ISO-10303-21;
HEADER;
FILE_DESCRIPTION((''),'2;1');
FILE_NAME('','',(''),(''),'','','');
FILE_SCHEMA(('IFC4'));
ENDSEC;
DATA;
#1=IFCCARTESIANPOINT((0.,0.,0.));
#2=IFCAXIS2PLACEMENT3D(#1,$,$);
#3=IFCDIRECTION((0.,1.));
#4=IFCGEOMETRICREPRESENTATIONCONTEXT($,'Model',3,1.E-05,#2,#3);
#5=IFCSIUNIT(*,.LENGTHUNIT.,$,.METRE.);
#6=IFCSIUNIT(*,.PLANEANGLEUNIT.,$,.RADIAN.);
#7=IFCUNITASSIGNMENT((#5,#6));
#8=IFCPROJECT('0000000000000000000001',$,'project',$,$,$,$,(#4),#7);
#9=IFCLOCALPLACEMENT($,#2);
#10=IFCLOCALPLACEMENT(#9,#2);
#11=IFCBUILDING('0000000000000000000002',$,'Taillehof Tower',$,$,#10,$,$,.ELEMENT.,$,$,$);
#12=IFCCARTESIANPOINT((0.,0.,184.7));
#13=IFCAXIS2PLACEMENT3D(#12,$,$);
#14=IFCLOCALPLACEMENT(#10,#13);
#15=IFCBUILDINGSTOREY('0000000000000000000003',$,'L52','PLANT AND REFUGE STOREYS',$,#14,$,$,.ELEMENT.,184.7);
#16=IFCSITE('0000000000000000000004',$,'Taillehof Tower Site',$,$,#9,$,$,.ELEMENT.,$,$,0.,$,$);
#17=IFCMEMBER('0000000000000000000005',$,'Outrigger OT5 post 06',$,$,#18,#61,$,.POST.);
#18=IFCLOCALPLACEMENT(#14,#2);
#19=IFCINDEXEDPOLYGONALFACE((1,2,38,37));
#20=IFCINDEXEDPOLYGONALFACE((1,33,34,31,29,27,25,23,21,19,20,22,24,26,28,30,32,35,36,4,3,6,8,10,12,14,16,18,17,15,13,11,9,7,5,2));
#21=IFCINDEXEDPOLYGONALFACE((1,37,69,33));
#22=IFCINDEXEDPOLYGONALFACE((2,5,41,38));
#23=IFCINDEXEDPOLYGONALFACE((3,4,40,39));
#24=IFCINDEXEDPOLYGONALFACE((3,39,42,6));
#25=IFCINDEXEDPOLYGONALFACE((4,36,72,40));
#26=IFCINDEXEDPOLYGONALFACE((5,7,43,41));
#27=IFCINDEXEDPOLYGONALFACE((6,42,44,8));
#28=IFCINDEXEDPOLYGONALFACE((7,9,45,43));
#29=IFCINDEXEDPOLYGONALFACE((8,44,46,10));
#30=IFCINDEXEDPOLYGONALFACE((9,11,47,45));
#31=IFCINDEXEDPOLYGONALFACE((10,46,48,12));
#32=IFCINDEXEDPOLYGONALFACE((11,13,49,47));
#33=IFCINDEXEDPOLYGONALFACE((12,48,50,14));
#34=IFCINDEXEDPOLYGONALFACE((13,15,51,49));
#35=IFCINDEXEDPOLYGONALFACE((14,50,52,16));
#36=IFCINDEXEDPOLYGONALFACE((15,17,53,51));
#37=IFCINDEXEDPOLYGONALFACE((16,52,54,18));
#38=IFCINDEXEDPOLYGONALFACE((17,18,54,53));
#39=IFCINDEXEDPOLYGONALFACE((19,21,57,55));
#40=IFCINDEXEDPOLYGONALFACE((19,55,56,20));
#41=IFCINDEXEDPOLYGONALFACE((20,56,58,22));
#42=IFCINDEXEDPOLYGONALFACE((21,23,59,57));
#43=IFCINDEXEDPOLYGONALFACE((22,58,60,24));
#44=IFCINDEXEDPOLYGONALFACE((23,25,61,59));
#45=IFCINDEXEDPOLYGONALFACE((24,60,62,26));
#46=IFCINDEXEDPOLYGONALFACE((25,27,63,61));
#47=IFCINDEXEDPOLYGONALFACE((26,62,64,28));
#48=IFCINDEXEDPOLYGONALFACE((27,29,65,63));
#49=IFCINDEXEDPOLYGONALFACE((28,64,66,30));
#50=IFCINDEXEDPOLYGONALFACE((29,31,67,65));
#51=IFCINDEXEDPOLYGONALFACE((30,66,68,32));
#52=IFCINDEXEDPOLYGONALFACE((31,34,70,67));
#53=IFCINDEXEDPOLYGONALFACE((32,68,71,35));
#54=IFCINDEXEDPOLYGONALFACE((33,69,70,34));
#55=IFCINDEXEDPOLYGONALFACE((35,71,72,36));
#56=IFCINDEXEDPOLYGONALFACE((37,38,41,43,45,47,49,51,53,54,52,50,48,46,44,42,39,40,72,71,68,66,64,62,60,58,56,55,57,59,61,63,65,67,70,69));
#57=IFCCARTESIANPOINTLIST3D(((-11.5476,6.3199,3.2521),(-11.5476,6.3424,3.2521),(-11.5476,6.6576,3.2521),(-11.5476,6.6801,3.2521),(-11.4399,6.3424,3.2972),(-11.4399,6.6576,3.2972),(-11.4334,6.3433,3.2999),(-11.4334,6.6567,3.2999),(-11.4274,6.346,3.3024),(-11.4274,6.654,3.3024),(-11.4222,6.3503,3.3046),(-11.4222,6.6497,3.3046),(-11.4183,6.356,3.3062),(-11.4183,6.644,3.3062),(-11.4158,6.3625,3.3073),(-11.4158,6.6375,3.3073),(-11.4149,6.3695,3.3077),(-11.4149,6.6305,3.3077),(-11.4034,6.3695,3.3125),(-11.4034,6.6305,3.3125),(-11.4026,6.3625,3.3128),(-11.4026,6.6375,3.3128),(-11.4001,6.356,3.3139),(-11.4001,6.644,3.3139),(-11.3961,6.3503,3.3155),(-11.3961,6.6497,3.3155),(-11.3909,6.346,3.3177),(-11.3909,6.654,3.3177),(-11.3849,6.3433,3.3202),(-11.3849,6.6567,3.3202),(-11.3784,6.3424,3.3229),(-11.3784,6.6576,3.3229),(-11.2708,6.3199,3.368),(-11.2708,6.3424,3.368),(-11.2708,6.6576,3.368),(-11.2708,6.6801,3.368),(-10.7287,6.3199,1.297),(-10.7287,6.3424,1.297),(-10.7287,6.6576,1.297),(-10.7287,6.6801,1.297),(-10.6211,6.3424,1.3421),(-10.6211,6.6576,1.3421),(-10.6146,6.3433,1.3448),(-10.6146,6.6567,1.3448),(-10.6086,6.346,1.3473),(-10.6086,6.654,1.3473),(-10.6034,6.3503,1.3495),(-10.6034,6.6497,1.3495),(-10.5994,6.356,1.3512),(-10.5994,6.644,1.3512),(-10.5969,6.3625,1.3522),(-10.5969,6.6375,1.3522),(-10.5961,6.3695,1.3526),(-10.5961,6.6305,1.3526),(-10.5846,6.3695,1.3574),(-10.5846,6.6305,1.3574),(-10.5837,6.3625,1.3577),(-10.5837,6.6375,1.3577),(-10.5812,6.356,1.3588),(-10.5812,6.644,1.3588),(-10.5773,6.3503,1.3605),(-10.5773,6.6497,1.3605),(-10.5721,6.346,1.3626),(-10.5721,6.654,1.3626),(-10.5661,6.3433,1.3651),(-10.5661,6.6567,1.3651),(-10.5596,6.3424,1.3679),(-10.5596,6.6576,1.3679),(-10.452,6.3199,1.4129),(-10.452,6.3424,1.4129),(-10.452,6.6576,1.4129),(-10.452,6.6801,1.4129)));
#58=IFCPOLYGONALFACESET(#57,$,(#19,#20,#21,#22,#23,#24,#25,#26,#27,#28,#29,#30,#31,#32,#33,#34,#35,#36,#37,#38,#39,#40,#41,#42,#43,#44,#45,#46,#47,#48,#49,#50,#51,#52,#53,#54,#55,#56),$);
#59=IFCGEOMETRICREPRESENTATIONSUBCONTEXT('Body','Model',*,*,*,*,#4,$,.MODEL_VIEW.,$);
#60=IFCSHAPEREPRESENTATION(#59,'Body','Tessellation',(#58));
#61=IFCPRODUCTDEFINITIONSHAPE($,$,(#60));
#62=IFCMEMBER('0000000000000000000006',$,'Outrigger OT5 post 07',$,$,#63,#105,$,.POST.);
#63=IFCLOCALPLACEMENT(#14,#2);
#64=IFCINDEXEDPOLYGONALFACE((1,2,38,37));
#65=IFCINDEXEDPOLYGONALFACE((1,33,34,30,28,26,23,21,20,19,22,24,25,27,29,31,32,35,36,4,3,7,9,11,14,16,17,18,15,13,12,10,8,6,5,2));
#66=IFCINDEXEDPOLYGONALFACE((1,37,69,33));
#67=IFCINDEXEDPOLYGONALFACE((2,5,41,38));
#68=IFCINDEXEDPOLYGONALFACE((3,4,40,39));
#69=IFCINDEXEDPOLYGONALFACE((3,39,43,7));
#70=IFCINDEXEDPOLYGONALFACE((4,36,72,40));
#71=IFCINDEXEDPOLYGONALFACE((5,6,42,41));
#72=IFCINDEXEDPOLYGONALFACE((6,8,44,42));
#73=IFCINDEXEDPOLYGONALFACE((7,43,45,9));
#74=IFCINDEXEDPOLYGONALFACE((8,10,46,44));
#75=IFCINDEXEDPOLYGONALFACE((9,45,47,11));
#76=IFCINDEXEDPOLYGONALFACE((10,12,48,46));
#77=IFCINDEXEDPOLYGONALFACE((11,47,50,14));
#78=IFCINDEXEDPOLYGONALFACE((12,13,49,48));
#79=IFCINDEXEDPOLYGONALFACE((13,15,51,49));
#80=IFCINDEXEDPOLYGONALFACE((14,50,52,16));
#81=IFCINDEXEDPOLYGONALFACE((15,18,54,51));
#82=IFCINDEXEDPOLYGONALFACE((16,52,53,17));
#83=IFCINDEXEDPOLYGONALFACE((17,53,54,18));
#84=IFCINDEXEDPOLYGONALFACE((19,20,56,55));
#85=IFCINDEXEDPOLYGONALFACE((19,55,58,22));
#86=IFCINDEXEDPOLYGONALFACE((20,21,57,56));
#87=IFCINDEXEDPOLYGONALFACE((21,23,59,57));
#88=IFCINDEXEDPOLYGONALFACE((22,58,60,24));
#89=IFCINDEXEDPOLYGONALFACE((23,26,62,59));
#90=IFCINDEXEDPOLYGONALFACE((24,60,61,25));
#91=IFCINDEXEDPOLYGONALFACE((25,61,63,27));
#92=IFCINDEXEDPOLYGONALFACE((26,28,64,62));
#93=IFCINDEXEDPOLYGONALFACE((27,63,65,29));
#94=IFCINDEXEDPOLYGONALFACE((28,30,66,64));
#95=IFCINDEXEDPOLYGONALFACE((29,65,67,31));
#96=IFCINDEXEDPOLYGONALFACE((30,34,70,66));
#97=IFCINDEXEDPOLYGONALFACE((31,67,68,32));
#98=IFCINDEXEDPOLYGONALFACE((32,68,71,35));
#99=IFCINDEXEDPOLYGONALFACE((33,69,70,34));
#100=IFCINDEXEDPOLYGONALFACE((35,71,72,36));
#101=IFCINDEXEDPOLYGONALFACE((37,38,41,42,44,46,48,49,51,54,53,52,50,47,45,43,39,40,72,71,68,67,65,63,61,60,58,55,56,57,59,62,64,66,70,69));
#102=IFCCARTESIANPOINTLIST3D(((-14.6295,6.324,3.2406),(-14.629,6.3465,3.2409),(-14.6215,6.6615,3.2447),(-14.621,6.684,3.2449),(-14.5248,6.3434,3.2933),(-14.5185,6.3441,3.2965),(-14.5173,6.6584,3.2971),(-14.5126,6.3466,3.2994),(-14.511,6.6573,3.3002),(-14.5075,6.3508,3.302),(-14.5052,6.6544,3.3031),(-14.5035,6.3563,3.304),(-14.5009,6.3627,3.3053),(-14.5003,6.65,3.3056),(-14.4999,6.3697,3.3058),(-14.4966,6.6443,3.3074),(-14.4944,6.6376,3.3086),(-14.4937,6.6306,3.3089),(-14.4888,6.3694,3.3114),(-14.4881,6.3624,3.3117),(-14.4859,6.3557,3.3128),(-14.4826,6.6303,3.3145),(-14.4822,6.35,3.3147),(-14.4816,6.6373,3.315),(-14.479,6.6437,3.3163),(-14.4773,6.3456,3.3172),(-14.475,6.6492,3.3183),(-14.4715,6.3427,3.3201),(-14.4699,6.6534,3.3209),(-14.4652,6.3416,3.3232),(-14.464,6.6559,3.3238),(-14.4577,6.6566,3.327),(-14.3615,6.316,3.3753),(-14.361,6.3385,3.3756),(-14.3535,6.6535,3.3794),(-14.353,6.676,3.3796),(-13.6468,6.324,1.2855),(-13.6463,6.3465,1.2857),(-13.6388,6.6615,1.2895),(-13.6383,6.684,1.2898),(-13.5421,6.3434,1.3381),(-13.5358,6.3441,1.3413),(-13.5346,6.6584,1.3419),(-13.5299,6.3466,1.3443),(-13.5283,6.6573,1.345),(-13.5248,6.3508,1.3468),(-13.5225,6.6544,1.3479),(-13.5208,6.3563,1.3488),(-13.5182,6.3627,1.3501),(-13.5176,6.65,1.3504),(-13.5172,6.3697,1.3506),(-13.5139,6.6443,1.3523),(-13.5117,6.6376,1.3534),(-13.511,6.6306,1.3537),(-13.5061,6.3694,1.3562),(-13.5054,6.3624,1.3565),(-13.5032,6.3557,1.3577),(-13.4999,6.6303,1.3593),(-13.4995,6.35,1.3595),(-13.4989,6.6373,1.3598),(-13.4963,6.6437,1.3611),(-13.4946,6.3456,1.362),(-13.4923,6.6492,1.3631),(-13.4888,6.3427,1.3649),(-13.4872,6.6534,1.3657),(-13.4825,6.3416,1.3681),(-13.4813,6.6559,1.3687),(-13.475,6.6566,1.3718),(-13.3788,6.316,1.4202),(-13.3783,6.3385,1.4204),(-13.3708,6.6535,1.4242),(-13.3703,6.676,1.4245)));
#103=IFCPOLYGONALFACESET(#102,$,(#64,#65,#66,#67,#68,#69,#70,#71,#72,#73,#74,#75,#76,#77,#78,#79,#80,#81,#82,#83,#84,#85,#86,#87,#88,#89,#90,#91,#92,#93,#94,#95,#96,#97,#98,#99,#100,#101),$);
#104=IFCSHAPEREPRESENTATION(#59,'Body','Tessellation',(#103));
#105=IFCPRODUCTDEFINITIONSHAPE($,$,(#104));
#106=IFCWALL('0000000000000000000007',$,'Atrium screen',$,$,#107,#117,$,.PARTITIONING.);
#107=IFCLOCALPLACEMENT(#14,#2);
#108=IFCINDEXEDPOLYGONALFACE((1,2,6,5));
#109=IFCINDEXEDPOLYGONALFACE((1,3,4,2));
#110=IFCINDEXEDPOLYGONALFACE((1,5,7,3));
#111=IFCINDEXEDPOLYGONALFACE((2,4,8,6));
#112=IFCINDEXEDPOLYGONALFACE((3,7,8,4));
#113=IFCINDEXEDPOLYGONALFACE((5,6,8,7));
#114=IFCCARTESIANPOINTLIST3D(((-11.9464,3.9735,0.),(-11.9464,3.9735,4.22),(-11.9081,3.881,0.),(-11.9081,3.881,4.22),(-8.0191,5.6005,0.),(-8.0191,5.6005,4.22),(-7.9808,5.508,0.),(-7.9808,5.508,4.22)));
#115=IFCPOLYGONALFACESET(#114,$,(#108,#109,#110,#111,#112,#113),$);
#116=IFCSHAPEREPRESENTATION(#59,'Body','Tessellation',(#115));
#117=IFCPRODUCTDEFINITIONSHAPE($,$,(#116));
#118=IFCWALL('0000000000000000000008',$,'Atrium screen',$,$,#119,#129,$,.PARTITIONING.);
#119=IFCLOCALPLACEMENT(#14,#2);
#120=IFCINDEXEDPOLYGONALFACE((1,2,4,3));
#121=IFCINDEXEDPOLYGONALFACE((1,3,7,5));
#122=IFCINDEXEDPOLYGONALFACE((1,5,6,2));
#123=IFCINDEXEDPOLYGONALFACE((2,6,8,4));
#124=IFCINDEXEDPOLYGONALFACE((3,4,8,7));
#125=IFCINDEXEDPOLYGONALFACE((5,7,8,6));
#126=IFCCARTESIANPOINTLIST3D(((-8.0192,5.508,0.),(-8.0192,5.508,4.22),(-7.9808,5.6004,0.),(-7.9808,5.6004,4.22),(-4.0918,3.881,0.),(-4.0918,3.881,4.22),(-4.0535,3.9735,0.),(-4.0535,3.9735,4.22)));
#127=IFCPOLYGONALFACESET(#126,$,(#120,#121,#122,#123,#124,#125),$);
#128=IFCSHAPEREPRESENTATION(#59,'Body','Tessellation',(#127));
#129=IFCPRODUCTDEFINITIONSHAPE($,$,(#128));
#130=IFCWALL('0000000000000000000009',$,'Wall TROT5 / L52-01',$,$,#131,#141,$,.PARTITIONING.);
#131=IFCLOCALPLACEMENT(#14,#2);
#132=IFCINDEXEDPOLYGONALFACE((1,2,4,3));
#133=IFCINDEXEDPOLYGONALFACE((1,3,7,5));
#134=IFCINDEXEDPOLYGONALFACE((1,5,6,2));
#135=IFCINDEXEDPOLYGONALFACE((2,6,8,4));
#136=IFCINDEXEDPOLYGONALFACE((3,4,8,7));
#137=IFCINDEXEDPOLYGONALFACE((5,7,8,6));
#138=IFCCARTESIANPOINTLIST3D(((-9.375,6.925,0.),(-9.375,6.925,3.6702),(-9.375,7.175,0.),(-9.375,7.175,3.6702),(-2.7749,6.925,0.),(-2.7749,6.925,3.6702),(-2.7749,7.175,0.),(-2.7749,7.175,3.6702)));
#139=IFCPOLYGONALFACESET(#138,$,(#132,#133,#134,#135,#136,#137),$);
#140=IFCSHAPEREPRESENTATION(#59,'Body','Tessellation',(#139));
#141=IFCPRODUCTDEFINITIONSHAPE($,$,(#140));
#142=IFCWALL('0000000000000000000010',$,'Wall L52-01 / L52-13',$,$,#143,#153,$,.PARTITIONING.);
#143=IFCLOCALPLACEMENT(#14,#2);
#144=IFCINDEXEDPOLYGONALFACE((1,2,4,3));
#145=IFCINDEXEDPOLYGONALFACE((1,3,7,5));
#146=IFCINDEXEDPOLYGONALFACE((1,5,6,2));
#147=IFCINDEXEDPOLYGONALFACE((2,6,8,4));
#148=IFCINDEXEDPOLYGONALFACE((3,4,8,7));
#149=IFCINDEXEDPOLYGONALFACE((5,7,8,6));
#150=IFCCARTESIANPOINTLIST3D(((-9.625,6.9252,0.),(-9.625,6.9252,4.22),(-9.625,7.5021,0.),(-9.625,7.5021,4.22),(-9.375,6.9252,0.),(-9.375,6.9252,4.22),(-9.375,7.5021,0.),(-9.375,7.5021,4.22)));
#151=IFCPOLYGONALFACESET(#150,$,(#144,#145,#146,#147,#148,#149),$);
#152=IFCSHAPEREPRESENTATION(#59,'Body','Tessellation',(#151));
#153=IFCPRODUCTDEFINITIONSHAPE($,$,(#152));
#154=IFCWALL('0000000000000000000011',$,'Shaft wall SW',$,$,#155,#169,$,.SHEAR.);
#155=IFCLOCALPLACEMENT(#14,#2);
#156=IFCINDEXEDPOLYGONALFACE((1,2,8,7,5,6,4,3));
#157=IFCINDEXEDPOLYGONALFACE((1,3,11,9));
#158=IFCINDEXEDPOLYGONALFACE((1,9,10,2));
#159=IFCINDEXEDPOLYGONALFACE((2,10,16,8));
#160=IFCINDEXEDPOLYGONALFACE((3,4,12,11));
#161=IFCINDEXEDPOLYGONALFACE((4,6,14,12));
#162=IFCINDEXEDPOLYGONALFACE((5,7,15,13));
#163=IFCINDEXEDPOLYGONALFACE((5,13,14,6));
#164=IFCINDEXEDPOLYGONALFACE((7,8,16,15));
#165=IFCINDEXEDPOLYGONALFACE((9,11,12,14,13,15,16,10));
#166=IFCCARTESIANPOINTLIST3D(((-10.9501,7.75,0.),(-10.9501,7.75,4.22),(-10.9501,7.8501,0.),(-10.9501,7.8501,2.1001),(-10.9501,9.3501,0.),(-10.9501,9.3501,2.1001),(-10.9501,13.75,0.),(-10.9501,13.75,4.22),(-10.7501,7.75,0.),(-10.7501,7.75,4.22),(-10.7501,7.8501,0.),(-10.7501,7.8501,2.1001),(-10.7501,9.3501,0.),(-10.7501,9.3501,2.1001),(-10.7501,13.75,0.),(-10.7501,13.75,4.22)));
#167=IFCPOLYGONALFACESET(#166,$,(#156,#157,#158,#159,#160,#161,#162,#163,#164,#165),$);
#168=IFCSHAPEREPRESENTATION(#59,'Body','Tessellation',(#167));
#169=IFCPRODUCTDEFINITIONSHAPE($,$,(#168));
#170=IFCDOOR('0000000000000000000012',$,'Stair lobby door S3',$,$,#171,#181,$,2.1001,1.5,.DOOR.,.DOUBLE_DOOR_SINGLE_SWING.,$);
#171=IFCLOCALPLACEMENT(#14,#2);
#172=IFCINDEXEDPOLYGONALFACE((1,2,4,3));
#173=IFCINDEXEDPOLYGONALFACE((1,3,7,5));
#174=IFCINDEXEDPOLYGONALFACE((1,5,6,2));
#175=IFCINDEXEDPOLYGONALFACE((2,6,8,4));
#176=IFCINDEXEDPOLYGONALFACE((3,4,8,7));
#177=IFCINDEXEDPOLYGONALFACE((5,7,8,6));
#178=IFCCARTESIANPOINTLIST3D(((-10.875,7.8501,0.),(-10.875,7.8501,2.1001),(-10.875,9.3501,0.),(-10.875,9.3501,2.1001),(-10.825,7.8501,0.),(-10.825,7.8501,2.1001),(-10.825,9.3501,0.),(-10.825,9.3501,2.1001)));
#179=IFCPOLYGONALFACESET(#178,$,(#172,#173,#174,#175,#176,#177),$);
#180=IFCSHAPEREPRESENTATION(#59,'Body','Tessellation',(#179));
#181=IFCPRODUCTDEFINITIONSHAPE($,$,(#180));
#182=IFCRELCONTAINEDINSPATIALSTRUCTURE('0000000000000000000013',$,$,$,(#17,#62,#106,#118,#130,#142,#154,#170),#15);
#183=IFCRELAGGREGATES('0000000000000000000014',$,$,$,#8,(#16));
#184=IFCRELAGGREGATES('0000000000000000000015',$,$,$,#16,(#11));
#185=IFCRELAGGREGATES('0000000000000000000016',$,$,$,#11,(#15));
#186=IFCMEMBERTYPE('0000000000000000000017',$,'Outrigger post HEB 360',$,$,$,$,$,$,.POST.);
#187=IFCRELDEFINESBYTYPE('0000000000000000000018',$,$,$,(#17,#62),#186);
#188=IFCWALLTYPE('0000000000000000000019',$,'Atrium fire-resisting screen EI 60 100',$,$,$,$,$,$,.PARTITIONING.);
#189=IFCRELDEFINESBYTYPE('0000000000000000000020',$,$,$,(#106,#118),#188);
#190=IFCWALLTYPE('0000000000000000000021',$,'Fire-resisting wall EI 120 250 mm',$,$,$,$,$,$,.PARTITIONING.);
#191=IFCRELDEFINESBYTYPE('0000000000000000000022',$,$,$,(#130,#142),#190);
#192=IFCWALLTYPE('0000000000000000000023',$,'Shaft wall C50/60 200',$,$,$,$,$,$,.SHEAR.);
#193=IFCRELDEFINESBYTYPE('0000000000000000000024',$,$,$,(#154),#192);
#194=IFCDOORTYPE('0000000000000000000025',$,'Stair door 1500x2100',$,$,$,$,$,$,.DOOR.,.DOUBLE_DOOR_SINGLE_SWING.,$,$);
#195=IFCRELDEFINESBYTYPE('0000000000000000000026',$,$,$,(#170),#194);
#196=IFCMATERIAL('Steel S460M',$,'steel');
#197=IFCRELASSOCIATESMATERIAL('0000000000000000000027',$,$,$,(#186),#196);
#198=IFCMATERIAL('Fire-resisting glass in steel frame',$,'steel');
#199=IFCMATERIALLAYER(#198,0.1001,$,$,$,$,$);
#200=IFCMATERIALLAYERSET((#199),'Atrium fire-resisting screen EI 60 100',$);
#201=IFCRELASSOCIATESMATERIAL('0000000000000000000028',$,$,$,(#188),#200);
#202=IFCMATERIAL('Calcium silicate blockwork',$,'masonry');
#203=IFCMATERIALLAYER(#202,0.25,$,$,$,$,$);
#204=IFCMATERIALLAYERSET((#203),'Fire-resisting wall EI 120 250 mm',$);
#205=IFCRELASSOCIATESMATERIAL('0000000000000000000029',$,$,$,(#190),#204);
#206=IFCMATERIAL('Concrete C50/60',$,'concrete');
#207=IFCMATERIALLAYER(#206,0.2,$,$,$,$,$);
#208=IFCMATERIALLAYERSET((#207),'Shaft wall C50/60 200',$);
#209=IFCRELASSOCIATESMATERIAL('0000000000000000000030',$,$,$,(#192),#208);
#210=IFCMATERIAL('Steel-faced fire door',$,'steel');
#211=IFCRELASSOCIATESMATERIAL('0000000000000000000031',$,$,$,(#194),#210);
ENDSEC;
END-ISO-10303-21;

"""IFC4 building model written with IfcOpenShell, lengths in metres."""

from ifc_helpers import new_model, si_unit, direction, frame, frame_2d, origin, origin_2d, place, context, subcontext, project, spatial, rectangle, i_section, extrude, material, layer, layer_set, material_profile, profile_set, type_object, element, fill, save


model = new_model("IFC4")

# Units and contexts
model_context = context("Model", 3, precision=1e-05, world=origin(), true_north=direction((0.0, 1.0)))
body_context = subcontext(model_context, "Body", "Model", "MODEL_VIEW")
ifc_project = project(units=[si_unit("LENGTHUNIT", "METRE"), si_unit("PLANEANGLEUNIT", "RADIAN")], contexts=[model_context])

# Site, building, storey
site_placement = place(None, origin())
site = spatial("IfcSite", under=ifc_project, at=site_placement, Name="Taillehof Tower Site", CompositionType="ELEMENT", RefElevation=0.0)
building_placement = place(site_placement, origin())
building = spatial("IfcBuilding", under=site, at=building_placement, Name="Taillehof Tower", CompositionType="ELEMENT")
storey_placement = place(building_placement, frame((0.0, 0.0, 184.7)))
storey = spatial("IfcBuildingStorey", under=building, at=storey_placement, Name="L52", Description="PLANT AND REFUGE STOREYS", CompositionType="ELEMENT", Elevation=184.7)

# Members
ifc_material_1 = material(Name="Steel S460M", Category="steel")
ifc_material_profile_1 = material_profile(ifc_material_1, i_section(OverallWidth=0.3, OverallDepth=0.3601, WebThickness=0.0125, FlangeThickness=0.0225, FilletRadius=0.0271, at=origin_2d()), Name="HEB 360")
ifc_profile_set_1 = profile_set([ifc_material_profile_1], Name="Steel S460M")
member_type_1 = type_object("IfcMemberType", Name="Outrigger post HEB 360", PredefinedType="POST", material=ifc_profile_set_1)
member_1_placement = place(storey_placement, frame((-10.5903, 6.5, 1.355), z_axis=(-0.386316, 0.0, 0.922367), x_axis=(0.922367, 0.0, 0.386316)))
element("IfcMember", 1, at=member_1_placement, inside=storey, type_object=member_type_1, Name="Outrigger OT5 post 06", PredefinedType="POST", context=body_context, shape_type="SweptSolid", body=[
    extrude(i_section(OverallWidth=0.3, OverallDepth=0.3601, WebThickness=0.0125, FlangeThickness=0.0225, FilletRadius=0.0271, at=origin_2d()), origin(), (0.0, 0.0, 1.0), 2.1196),
])
member_2_placement = place(storey_placement, frame((-13.5085, 6.5, 1.355), z_axis=(-0.449087, 0.0, 0.893488), x_axis=(0.89317, -0.026671, 0.448927)))
element("IfcMember", 2, at=member_2_placement, inside=storey, type_object=member_type_1, Name="Outrigger OT5 post 07", PredefinedType="POST", context=body_context, shape_type="SweptSolid", body=[
    extrude(i_section(OverallWidth=0.3, OverallDepth=0.3601, WebThickness=0.0125, FlangeThickness=0.0225, FilletRadius=0.0271, at=origin_2d()), origin(), (0.0, 0.0, 1.0), 2.1882),
])

# Walls
ifc_material_2 = material(Name="Fire-resisting glass in steel frame", Category="steel")
ifc_layer_1 = layer(ifc_material_2, 0.1001)
ifc_layer_set_1 = layer_set([ifc_layer_1], Name="Atrium fire-resisting screen EI 60 100")
wall_type_1 = type_object("IfcWallType", Name="Atrium fire-resisting screen EI 60 100", PredefinedType="PARTITIONING", material=ifc_layer_set_1)
for number, where, z_axis, x_axis, name in (
    (3, (-11.9272, 3.9272, 0.0), (0.0, 0.0, 1.0), (0.92386, 0.382731, 0.0), "Atrium screen"),
    (4, (-8.0, 5.5542, 0.0), (0.0, 0.0, 1.0), (0.92386, -0.382731, 0.0), "Atrium screen"),
):
    element("IfcWall", number, at=place(storey_placement, frame(where, z_axis=z_axis, x_axis=x_axis)), inside=storey, type_object=wall_type_1, Name=name, PredefinedType="PARTITIONING", context=body_context, shape_type="SweptSolid", body=[
        extrude(rectangle(XDim=4.251, YDim=0.1001, at=frame_2d((2.1255, 0.0))), origin(), (0.0, 0.0, 1.0), 4.22),
    ])
ifc_material_3 = material(Name="Calcium silicate blockwork", Category="masonry")
ifc_layer_2 = layer(ifc_material_3, 0.25)
ifc_layer_set_2 = layer_set([ifc_layer_2], Name="Fire-resisting wall EI 120 250 mm")
wall_type_2 = type_object("IfcWallType", Name="Fire-resisting wall EI 120 250 mm", PredefinedType="PARTITIONING", material=ifc_layer_set_2)
wall_1_placement = place(storey_placement, frame((-9.375, 7.05, 0.0), z_axis=(0.0, 0.0, 1.0), x_axis=(1.0, 0.0, 0.0)))
element("IfcWall", 5, at=wall_1_placement, inside=storey, type_object=wall_type_2, Name="Wall TROT5 / L52-01", PredefinedType="PARTITIONING", context=body_context, shape_type="SweptSolid", body=[
    extrude(rectangle(XDim=6.6001, YDim=0.25, at=frame_2d((3.3, 0.0))), origin(), (0.0, 0.0, 1.0), 3.6702),
])
wall_2_placement = place(storey_placement, frame((-9.5, 6.925, 0.0), z_axis=(0.0, 0.0, 1.0), x_axis=(0.0, 1.0, 0.0)))
element("IfcWall", 6, at=wall_2_placement, inside=storey, type_object=wall_type_2, Name="Wall L52-01 / L52-13", PredefinedType="PARTITIONING", context=body_context, shape_type="SweptSolid", body=[
    extrude(rectangle(XDim=0.5769, YDim=0.25, at=frame_2d((0.2886, 0.0))), origin(), (0.0, 0.0, 1.0), 4.22),
])

# Wall, opening, door
ifc_material_4 = material(Name="Concrete C50/60", Category="concrete")
ifc_layer_3 = layer(ifc_material_4, 0.2)
ifc_layer_set_3 = layer_set([ifc_layer_3], Name="Shaft wall C50/60 200")
wall_type_3 = type_object("IfcWallType", Name="Shaft wall C50/60 200", PredefinedType="SHEAR", material=ifc_layer_set_3)
wall_3_placement = place(storey_placement, frame((-10.8501, 7.75, 0.0), z_axis=(0.0, 0.0, 1.0), x_axis=(0.0, 1.0, 0.0)))
wall_3 = element("IfcWall", 7, at=wall_3_placement, inside=storey, type_object=wall_type_3, Name="Shaft wall SW", PredefinedType="SHEAR", context=body_context, shape_type="SweptSolid", body=[
    extrude(rectangle(XDim=6.0, YDim=0.2, at=frame_2d((3.0, 0.0))), origin(), (0.0, 0.0, 1.0), 4.22),
])
opening_placement = place(wall_3_placement, frame((0.1001, 0.0, 0.0)))
opening = element("IfcOpeningElement", 8, at=opening_placement, cuts=wall_3, PredefinedType="OPENING", context=body_context, shape_type="SweptSolid", body=[
    extrude(rectangle(XDim=1.5, YDim=2.1001, at=frame_2d((0.75, 1.05))), frame((0.0, 0.1099, 0.0), z_axis=(0.0, -1.0, 0.0), x_axis=(1.0, 0.0, 0.0)), (0.0, 0.0, 1.0), 0.22),
])
ifc_material_5 = material(Name="Steel-faced fire door", Category="steel")
door_type = type_object("IfcDoorType", Name="Stair door 1500x2100", OperationType="DOUBLE_DOOR_SINGLE_SWING", PredefinedType="DOOR", material=ifc_material_5)
door_placement = place(opening_placement, origin())
door = element("IfcDoor", 9, at=door_placement, inside=storey, type_object=door_type, Name="Stair lobby door S3", OperationType="DOUBLE_DOOR_SINGLE_SWING", OverallHeight=2.1001, OverallWidth=1.5, PredefinedType="DOOR", context=body_context, shape_type="SweptSolid", body=[
    extrude(rectangle(XDim=1.5, YDim=2.1001, at=frame_2d((0.75, 1.05))), frame((0.0, 0.0249, 0.0), z_axis=(0.0, -1.0, 0.0), x_axis=(1.0, 0.0, 0.0)), (0.0, 0.0, 1.0), 0.05),
])
fill(opening, door)

save(model, "model.ifc")
